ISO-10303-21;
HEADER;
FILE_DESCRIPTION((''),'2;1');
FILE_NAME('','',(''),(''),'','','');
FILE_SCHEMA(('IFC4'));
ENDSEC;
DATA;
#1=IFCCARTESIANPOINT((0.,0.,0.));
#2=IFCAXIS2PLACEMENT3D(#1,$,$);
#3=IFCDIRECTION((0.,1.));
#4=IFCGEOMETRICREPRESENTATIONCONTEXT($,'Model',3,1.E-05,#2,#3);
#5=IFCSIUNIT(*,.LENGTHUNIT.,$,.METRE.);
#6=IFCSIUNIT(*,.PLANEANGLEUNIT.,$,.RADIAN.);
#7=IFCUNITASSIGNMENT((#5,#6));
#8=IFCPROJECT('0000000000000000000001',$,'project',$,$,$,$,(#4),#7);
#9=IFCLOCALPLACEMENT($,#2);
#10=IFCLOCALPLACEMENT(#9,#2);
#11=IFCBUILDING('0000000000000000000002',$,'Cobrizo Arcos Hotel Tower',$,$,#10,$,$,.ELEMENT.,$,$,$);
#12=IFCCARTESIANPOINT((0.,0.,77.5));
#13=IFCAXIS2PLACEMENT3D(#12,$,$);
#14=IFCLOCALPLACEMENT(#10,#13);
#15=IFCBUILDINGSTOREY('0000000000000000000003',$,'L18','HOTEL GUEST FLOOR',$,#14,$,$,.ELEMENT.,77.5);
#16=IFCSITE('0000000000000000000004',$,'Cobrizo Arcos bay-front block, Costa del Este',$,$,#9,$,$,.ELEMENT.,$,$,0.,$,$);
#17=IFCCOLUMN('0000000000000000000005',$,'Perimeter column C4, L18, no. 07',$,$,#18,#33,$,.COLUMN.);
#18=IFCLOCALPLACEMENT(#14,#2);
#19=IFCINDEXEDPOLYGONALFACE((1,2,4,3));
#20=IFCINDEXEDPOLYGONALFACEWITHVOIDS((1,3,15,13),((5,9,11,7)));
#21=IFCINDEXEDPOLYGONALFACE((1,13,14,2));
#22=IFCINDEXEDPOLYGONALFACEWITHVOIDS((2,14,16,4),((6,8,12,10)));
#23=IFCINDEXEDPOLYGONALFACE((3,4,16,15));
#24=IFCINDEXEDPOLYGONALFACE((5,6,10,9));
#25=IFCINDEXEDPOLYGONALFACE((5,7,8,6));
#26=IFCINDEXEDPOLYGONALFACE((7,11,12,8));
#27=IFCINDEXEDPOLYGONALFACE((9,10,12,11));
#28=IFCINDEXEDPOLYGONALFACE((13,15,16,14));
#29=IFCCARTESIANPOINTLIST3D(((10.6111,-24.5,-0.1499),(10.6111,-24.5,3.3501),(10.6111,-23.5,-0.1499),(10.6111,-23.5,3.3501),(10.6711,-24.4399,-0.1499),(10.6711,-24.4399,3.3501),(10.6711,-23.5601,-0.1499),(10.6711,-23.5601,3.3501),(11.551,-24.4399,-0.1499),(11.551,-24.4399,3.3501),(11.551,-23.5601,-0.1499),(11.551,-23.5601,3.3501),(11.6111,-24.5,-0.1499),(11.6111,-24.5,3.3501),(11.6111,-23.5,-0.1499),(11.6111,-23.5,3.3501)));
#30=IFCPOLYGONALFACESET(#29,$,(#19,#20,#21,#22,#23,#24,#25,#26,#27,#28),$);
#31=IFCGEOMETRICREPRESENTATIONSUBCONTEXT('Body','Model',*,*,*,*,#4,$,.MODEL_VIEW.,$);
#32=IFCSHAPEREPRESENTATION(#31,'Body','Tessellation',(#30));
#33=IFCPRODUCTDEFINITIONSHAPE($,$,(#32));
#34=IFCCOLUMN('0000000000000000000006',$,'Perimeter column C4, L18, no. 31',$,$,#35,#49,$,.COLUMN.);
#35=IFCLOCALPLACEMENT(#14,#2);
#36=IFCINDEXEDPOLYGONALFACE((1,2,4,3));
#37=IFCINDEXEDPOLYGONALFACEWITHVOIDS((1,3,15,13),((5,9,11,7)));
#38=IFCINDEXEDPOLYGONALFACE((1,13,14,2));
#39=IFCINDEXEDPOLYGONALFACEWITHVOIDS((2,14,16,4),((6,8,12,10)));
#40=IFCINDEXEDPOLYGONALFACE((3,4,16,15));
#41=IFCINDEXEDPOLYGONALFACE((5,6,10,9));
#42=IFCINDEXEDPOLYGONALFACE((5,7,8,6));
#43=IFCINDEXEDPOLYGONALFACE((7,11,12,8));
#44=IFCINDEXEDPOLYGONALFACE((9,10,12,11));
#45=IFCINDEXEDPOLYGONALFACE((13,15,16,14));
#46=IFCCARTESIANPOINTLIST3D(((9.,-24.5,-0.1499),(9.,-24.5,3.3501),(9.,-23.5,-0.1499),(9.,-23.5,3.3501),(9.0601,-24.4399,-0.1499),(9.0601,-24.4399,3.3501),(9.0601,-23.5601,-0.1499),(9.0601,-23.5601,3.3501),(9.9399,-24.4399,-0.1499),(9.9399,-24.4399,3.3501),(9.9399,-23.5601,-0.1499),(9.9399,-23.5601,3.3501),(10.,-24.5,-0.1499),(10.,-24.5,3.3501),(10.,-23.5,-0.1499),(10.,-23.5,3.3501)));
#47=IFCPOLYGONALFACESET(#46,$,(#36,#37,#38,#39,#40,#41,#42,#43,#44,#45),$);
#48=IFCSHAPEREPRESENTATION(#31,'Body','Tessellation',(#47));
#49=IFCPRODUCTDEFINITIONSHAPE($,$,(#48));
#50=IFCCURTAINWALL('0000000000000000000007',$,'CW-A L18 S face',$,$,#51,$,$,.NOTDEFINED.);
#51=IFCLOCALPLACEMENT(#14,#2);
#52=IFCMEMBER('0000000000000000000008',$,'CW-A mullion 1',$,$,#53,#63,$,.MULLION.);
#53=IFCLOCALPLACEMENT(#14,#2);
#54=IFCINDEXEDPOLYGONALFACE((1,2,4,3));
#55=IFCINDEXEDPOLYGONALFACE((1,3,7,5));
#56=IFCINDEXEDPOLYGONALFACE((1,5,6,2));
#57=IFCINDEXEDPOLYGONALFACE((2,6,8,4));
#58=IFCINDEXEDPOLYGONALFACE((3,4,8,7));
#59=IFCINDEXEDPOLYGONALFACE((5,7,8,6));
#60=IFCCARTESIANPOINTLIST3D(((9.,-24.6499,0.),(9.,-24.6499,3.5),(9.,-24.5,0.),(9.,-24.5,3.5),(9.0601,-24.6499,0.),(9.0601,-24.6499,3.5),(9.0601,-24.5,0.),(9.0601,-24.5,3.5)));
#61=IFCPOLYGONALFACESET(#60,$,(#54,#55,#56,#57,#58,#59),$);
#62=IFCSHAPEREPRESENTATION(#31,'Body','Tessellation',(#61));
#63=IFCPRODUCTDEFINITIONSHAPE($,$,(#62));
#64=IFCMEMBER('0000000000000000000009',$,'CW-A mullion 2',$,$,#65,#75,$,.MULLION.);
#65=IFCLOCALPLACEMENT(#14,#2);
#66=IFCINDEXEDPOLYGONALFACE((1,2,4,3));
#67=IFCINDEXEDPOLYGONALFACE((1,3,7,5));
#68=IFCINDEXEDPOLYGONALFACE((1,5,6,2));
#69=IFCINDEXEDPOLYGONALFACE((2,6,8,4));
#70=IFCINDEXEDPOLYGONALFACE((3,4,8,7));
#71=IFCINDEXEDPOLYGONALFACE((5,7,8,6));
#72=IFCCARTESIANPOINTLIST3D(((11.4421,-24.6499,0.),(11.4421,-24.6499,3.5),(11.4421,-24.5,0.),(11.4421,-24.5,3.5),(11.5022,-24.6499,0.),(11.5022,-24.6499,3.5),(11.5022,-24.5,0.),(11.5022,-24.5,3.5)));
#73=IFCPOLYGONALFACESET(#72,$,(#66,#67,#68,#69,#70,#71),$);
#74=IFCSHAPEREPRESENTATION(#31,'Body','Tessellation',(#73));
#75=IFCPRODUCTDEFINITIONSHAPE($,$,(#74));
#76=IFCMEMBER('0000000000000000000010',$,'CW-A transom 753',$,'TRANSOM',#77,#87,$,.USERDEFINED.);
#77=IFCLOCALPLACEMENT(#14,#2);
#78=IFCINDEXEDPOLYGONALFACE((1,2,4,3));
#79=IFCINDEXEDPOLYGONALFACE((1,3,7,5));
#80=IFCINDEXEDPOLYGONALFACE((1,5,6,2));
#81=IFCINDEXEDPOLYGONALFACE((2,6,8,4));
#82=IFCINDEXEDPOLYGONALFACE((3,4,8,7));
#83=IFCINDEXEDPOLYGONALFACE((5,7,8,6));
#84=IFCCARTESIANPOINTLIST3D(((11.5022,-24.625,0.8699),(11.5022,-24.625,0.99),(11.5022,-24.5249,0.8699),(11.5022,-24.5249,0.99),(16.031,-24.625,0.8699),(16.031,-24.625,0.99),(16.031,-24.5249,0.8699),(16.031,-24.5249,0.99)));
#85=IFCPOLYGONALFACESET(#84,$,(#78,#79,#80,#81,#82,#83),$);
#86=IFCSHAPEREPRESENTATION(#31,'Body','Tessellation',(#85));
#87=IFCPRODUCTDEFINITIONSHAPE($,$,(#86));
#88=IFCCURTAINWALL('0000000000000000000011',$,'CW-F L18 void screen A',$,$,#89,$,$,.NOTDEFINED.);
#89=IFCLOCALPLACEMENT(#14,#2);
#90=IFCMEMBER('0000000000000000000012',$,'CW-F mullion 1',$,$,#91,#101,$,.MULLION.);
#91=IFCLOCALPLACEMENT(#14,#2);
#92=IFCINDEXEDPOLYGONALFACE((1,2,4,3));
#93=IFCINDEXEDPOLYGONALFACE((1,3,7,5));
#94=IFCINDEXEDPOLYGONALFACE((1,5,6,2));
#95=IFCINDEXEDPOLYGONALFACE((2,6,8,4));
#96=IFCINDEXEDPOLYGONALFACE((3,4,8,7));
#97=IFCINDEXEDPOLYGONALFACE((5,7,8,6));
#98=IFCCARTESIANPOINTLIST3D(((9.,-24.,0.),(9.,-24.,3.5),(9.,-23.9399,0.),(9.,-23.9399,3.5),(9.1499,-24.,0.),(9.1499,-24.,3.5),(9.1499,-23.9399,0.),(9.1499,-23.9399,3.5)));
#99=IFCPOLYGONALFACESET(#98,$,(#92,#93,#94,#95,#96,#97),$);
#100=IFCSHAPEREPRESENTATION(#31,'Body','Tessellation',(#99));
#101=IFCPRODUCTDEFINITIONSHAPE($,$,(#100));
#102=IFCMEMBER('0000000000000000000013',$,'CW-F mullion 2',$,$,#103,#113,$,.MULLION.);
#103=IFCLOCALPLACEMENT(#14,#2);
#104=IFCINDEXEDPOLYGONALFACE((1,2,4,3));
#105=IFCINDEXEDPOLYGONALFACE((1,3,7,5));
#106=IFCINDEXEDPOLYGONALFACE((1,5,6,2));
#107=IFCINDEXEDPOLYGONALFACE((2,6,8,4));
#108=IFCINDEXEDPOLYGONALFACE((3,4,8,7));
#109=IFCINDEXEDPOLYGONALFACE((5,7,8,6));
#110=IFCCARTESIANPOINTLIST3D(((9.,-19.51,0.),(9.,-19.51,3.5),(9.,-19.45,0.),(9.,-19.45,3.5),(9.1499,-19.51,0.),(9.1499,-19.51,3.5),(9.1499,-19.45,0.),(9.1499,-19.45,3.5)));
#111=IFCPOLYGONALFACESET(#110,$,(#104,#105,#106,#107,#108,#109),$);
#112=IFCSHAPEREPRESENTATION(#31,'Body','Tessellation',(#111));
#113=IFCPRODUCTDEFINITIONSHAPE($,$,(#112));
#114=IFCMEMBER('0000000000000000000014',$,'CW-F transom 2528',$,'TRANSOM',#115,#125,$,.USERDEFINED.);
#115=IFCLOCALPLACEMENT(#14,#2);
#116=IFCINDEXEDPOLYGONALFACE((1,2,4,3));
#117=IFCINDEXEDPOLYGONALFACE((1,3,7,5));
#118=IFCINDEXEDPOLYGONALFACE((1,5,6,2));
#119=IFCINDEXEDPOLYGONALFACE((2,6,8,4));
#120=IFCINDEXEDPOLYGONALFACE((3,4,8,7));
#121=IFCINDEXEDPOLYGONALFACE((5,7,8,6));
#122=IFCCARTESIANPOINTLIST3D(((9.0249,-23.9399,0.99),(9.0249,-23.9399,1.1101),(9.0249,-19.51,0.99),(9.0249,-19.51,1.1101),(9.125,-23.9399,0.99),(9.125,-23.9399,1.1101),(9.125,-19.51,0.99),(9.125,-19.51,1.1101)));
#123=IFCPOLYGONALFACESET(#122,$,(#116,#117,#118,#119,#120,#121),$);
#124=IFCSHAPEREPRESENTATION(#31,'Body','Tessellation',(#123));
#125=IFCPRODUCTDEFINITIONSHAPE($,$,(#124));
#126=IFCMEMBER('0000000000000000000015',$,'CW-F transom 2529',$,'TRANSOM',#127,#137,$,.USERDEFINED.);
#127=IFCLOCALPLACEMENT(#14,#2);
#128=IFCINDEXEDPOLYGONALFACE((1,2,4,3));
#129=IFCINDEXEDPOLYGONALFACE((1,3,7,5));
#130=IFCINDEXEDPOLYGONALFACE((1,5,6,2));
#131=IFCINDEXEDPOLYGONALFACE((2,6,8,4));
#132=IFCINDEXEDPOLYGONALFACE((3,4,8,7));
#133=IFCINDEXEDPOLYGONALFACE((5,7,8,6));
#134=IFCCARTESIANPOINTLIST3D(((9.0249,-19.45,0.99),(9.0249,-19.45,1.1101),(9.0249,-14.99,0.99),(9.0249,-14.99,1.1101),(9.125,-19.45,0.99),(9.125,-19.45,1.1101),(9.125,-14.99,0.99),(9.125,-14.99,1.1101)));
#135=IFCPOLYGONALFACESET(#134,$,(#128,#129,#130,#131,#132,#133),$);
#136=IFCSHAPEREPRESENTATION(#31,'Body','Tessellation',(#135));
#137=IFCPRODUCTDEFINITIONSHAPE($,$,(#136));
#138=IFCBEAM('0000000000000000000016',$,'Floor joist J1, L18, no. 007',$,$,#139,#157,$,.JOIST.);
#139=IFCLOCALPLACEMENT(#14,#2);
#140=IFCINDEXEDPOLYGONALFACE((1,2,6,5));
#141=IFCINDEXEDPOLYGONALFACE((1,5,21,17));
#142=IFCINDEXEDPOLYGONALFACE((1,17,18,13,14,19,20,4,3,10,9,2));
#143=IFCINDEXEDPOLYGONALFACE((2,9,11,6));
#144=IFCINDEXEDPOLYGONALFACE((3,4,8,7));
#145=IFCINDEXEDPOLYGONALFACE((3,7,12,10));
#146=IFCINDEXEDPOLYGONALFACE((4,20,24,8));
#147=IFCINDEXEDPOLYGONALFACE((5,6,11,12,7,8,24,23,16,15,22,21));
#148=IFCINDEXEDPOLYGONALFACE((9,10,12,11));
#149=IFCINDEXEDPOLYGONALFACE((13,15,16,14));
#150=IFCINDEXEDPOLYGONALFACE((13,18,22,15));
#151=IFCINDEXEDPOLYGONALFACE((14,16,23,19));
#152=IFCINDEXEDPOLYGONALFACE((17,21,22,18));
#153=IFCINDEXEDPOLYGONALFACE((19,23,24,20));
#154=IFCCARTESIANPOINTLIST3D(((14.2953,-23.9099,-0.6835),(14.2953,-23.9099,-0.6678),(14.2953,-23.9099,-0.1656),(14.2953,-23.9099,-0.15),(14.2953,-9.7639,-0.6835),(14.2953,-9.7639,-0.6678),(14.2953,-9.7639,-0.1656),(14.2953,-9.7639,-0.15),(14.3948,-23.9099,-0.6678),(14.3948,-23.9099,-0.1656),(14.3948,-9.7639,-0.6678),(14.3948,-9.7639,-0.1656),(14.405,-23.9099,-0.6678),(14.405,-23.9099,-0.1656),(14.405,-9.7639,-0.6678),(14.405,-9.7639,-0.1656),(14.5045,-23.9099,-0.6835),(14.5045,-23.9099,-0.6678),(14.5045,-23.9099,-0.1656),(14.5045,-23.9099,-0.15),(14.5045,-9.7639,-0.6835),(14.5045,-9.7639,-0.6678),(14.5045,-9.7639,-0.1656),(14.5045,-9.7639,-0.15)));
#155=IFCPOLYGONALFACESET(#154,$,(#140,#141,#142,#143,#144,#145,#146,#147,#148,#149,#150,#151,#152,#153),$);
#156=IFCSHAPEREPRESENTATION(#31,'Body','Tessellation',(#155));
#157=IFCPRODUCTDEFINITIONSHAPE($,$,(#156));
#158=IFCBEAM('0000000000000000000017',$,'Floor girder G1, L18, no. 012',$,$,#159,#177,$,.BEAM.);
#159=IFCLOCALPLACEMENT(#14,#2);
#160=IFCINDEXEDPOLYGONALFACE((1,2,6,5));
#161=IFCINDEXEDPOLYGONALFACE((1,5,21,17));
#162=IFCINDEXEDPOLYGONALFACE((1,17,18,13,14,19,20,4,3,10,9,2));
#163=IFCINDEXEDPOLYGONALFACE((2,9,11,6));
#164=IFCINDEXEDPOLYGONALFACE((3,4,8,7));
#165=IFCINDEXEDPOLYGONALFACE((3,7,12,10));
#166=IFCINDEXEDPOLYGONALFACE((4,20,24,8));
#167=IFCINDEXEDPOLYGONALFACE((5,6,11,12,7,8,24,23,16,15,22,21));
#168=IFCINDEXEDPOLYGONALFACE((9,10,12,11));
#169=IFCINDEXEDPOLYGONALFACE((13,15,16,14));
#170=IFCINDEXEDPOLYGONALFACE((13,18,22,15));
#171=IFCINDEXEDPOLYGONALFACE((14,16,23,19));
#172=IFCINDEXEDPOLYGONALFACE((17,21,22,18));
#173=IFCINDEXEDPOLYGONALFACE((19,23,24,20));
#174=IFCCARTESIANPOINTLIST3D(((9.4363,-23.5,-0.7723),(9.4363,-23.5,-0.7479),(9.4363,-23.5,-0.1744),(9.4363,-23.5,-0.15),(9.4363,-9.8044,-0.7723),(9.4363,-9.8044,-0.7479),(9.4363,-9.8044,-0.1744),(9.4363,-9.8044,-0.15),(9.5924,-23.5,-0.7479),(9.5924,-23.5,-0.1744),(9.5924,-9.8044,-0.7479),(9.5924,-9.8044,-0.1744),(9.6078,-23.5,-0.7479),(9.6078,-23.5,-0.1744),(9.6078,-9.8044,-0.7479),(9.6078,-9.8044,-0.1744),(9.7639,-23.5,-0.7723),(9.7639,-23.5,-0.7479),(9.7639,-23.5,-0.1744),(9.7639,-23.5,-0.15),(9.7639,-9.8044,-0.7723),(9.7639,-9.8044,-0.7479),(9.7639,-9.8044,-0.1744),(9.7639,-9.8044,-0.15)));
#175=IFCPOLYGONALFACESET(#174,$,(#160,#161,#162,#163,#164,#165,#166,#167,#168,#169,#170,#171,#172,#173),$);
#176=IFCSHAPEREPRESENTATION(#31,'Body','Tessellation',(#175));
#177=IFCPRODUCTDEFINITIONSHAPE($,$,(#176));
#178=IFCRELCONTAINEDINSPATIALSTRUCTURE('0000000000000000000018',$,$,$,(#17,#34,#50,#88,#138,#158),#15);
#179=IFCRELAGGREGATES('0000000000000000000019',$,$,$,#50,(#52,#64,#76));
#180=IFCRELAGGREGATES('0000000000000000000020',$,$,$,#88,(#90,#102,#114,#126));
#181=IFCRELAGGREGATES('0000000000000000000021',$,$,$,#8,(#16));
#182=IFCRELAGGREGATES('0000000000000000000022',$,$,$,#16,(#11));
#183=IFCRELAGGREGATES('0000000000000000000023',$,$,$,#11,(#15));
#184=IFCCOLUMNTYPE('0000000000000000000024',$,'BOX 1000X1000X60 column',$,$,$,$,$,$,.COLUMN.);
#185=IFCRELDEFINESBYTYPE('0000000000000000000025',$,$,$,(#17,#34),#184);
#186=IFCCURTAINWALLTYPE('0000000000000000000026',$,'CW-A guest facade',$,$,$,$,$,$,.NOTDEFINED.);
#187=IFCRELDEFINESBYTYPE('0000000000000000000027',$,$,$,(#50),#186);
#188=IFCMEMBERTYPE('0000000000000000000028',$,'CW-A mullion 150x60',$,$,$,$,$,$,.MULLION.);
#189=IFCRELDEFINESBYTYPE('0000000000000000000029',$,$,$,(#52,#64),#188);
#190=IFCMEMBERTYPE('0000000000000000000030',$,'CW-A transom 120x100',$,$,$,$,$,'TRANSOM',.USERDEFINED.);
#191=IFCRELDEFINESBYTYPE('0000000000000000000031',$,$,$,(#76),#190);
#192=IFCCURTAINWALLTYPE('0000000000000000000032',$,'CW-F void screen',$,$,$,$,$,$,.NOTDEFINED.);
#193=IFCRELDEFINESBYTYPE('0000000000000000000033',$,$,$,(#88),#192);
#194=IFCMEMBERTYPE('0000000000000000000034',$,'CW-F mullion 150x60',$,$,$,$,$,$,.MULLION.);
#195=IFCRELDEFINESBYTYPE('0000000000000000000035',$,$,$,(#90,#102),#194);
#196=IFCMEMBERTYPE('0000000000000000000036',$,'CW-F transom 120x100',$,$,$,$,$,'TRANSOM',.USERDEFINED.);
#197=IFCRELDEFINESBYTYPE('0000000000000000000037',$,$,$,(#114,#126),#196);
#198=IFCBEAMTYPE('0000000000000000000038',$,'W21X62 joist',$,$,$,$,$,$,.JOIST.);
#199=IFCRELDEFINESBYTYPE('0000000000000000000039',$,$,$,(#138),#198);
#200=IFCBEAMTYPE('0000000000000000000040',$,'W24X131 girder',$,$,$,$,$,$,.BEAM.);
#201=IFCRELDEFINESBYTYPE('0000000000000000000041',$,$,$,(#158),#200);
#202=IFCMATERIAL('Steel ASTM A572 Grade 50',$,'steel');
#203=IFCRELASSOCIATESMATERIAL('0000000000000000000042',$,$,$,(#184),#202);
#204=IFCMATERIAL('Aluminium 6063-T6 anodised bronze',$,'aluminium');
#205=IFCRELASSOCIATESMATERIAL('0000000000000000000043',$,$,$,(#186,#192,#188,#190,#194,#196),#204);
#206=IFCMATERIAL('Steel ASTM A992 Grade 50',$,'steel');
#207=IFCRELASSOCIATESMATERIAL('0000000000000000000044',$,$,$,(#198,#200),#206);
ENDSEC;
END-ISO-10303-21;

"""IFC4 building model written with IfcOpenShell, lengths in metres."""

from ifc_helpers import new_model, si_unit, direction, frame, origin, origin_2d, place, context, subcontext, project, spatial, rectangle, hollow_rectangle, i_section, extrude, material, material_profile, profile_set, type_object, element, aggregate, save


model = new_model("IFC4")

# Units and contexts
model_context = context("Model", 3, precision=1e-05, world=origin(), true_north=direction((0.0, 1.0)))
body_context = subcontext(model_context, "Body", "Model", "MODEL_VIEW")
ifc_project = project(units=[si_unit("LENGTHUNIT", "METRE"), si_unit("PLANEANGLEUNIT", "RADIAN")], contexts=[model_context])

# Site, building, storey
site_placement = place(None, origin())
site = spatial("IfcSite", under=ifc_project, at=site_placement, Name="Cobrizo Arcos bay-front block, Costa del Este", CompositionType="ELEMENT", RefElevation=0.0)
building_placement = place(site_placement, origin())
building = spatial("IfcBuilding", under=site, at=building_placement, Name="Cobrizo Arcos Hotel Tower", CompositionType="ELEMENT")
storey_placement = place(building_placement, frame((0.0, 0.0, 77.5)))
storey = spatial("IfcBuildingStorey", under=building, at=storey_placement, Name="L18", Description="HOTEL GUEST FLOOR", CompositionType="ELEMENT", Elevation=77.5)

# Columns
ifc_material_1 = material(Name="Steel ASTM A572 Grade 50", Category="steel")
ifc_material_profile_1 = material_profile(ifc_material_1, hollow_rectangle(XDim=1.0, YDim=1.0, WallThickness=0.0601, at=origin_2d()), Name="BOX 1000X1000X60")
ifc_profile_set_1 = profile_set([ifc_material_profile_1], Name="Steel ASTM A572 Grade 50")
column_type = type_object("IfcColumnType", Name="BOX 1000X1000X60 column", PredefinedType="COLUMN", material=ifc_profile_set_1)
for number, where, z_axis, x_axis, name in (
    (1, (11.1111, -24.0, -0.1499), (0.0, 0.0, 1.0), (1.0, 0.0, 0.0), "Perimeter column C4, L18, no. 07"),
    (2, (9.5, -24.0, -0.1499), (0.0, 0.0, 1.0), (1.0, 0.0, 0.0), "Perimeter column C4, L18, no. 31"),
):
    element("IfcColumn", number, at=place(storey_placement, frame(where, z_axis=z_axis, x_axis=x_axis)), inside=storey, type_object=column_type, Name=name, PredefinedType="COLUMN", context=body_context, shape_type="SweptSolid", body=[
        extrude(hollow_rectangle(XDim=1.0, YDim=1.0, WallThickness=0.0601, at=origin_2d()), origin(), (0.0, 0.0, 1.0), 3.5),
    ])

# Curtain walls, members
ifc_material_2 = material(Name="Aluminium 6063-T6 anodised bronze", Category="aluminium")
curtain_wall_type_1 = type_object("IfcCurtainWallType", Name="CW-A guest facade", PredefinedType="NOTDEFINED", material=ifc_material_2)
curtain_wall_1_placement = place(storey_placement, origin())
curtain_wall_1 = element("IfcCurtainWall", 3, at=curtain_wall_1_placement, inside=storey, type_object=curtain_wall_type_1, Name="CW-A L18 S face", PredefinedType="NOTDEFINED")
ifc_material_profile_2 = material_profile(ifc_material_2, rectangle(XDim=0.1499, YDim=0.0601, at=origin_2d()), Name="CW-A mullion 150x60")
ifc_profile_set_2 = profile_set([ifc_material_profile_2], Name="Aluminium 6063-T6 anodised bronze")
member_type_1 = type_object("IfcMemberType", Name="CW-A mullion 150x60", PredefinedType="MULLION", material=ifc_profile_set_2)
member_1_placement = place(storey_placement, frame((9.03, -24.575, 0.0), z_axis=(0.0, 0.0, 1.0), x_axis=(0.0, -1.0, 0.0)))
member_1 = element("IfcMember", 4, at=member_1_placement, type_object=member_type_1, Name="CW-A mullion 1", PredefinedType="MULLION", context=body_context, shape_type="SweptSolid", body=[
    extrude(rectangle(XDim=0.1499, YDim=0.0601, at=origin_2d()), origin(), (0.0, 0.0, 1.0), 3.5),
])
member_2_placement = place(storey_placement, frame((11.4722, -24.575, 0.0), z_axis=(0.0, 0.0, 1.0), x_axis=(0.0, -1.0, 0.0)))
member_2 = element("IfcMember", 5, at=member_2_placement, type_object=member_type_1, Name="CW-A mullion 2", PredefinedType="MULLION", context=body_context, shape_type="SweptSolid", body=[
    extrude(rectangle(XDim=0.1499, YDim=0.0601, at=origin_2d()), origin(), (0.0, 0.0, 1.0), 3.5),
])
ifc_material_profile_3 = material_profile(ifc_material_2, rectangle(XDim=0.1001, YDim=0.1201, at=origin_2d()), Name="CW-A transom 120x100")
ifc_profile_set_3 = profile_set([ifc_material_profile_3], Name="Aluminium 6063-T6 anodised bronze")
member_type_2 = type_object("IfcMemberType", Name="CW-A transom 120x100", ElementType="TRANSOM", PredefinedType="USERDEFINED", material=ifc_profile_set_3)
member_3_placement = place(storey_placement, frame((11.5022, -24.575, 0.9299), z_axis=(1.0, 0.0, 0.0), x_axis=(0.0, 1.0, 0.0)))
member_3 = element("IfcMember", 6, at=member_3_placement, type_object=member_type_2, Name="CW-A transom 753", ObjectType="TRANSOM", PredefinedType="USERDEFINED", context=body_context, shape_type="SweptSolid", body=[
    extrude(rectangle(XDim=0.1001, YDim=0.1201, at=origin_2d()), origin(), (0.0, 0.0, 1.0), 4.5288),
])
curtain_wall_type_2 = type_object("IfcCurtainWallType", Name="CW-F void screen", PredefinedType="NOTDEFINED", material=ifc_material_2)
curtain_wall_2_placement = place(storey_placement, origin())
curtain_wall_2 = element("IfcCurtainWall", 7, at=curtain_wall_2_placement, inside=storey, type_object=curtain_wall_type_2, Name="CW-F L18 void screen A", PredefinedType="NOTDEFINED")
ifc_material_profile_4 = material_profile(ifc_material_2, rectangle(XDim=0.1499, YDim=0.0601, at=origin_2d()), Name="CW-F mullion 150x60")
ifc_profile_set_4 = profile_set([ifc_material_profile_4], Name="Aluminium 6063-T6 anodised bronze")
member_type_3 = type_object("IfcMemberType", Name="CW-F mullion 150x60", PredefinedType="MULLION", material=ifc_profile_set_4)
member_4_placement = place(storey_placement, frame((9.075, -23.97, 0.0), z_axis=(0.0, 0.0, 1.0), x_axis=(1.0, 0.0, 0.0)))
member_4 = element("IfcMember", 8, at=member_4_placement, type_object=member_type_3, Name="CW-F mullion 1", PredefinedType="MULLION", context=body_context, shape_type="SweptSolid", body=[
    extrude(rectangle(XDim=0.1499, YDim=0.0601, at=origin_2d()), origin(), (0.0, 0.0, 1.0), 3.5),
])
member_5_placement = place(storey_placement, frame((9.075, -19.48, 0.0), z_axis=(0.0, 0.0, 1.0), x_axis=(1.0, 0.0, 0.0)))
member_5 = element("IfcMember", 9, at=member_5_placement, type_object=member_type_3, Name="CW-F mullion 2", PredefinedType="MULLION", context=body_context, shape_type="SweptSolid", body=[
    extrude(rectangle(XDim=0.1499, YDim=0.0601, at=origin_2d()), origin(), (0.0, 0.0, 1.0), 3.5),
])
ifc_material_profile_5 = material_profile(ifc_material_2, rectangle(XDim=0.1001, YDim=0.1201, at=origin_2d()), Name="CW-F transom 120x100")
ifc_profile_set_5 = profile_set([ifc_material_profile_5], Name="Aluminium 6063-T6 anodised bronze")
member_type_4 = type_object("IfcMemberType", Name="CW-F transom 120x100", ElementType="TRANSOM", PredefinedType="USERDEFINED", material=ifc_profile_set_5)
member_6_placement = place(storey_placement, frame((9.075, -23.9399, 1.05), z_axis=(0.0, 1.0, 0.0), x_axis=(-1.0, 0.0, 0.0)))
member_6 = element("IfcMember", 10, at=member_6_placement, type_object=member_type_4, Name="CW-F transom 2528", ObjectType="TRANSOM", PredefinedType="USERDEFINED", context=body_context, shape_type="SweptSolid", body=[
    extrude(rectangle(XDim=0.1001, YDim=0.1201, at=origin_2d()), origin(), (0.0, 0.0, 1.0), 4.4299),
])
member_7_placement = place(storey_placement, frame((9.075, -19.45, 1.05), z_axis=(0.0, 1.0, 0.0), x_axis=(-1.0, 0.0, 0.0)))
member_7 = element("IfcMember", 11, at=member_7_placement, type_object=member_type_4, Name="CW-F transom 2529", ObjectType="TRANSOM", PredefinedType="USERDEFINED", context=body_context, shape_type="SweptSolid", body=[
    extrude(rectangle(XDim=0.1001, YDim=0.1201, at=origin_2d()), origin(), (0.0, 0.0, 1.0), 4.46),
])

# Beams
ifc_material_3 = material(Name="Steel ASTM A992 Grade 50", Category="steel")
ifc_material_profile_6 = material_profile(ifc_material_3, i_section(OverallWidth=0.2092, OverallDepth=0.5334, WebThickness=0.0103, FlangeThickness=0.0156, at=origin_2d()), Name="W21X62")
ifc_profile_set_6 = profile_set([ifc_material_profile_6], Name="Steel ASTM A992 Grade 50")
beam_type_1 = type_object("IfcBeamType", Name="W21X62 joist", PredefinedType="JOIST", material=ifc_profile_set_6)
beam_1_placement = place(storey_placement, frame((14.3999, -23.9099, -0.4167), z_axis=(0.0, 1.0, 0.0), x_axis=(-1.0, 0.0, 0.0)))
element("IfcBeam", 12, at=beam_1_placement, inside=storey, type_object=beam_type_1, Name="Floor joist J1, L18, no. 007", PredefinedType="JOIST", context=body_context, shape_type="SweptSolid", body=[
    extrude(i_section(OverallWidth=0.2092, OverallDepth=0.5334, WebThickness=0.0103, FlangeThickness=0.0156, at=origin_2d()), origin(), (0.0, 0.0, 1.0), 14.146),
])
ifc_material_profile_7 = material_profile(ifc_material_3, i_section(OverallWidth=0.3276, OverallDepth=0.6223, WebThickness=0.0154, FlangeThickness=0.0244, at=origin_2d()), Name="W24X131")
ifc_profile_set_7 = profile_set([ifc_material_profile_7], Name="Steel ASTM A992 Grade 50")
beam_type_2 = type_object("IfcBeamType", Name="W24X131 girder", PredefinedType="BEAM", material=ifc_profile_set_7)
beam_2_placement = place(storey_placement, frame((9.6001, -23.5, -0.4612), z_axis=(0.0, 1.0, 0.0), x_axis=(-1.0, 0.0, 0.0)))
element("IfcBeam", 13, at=beam_2_placement, inside=storey, type_object=beam_type_2, Name="Floor girder G1, L18, no. 012", PredefinedType="BEAM", context=body_context, shape_type="SweptSolid", body=[
    extrude(i_section(OverallWidth=0.3276, OverallDepth=0.6223, WebThickness=0.0154, FlangeThickness=0.0244, at=origin_2d()), origin(), (0.0, 0.0, 1.0), 13.6956),
])

aggregate(curtain_wall_1, [member_1, member_2, member_3])
aggregate(curtain_wall_2, [member_4, member_5, member_6, member_7])

save(model, "model.ifc")
